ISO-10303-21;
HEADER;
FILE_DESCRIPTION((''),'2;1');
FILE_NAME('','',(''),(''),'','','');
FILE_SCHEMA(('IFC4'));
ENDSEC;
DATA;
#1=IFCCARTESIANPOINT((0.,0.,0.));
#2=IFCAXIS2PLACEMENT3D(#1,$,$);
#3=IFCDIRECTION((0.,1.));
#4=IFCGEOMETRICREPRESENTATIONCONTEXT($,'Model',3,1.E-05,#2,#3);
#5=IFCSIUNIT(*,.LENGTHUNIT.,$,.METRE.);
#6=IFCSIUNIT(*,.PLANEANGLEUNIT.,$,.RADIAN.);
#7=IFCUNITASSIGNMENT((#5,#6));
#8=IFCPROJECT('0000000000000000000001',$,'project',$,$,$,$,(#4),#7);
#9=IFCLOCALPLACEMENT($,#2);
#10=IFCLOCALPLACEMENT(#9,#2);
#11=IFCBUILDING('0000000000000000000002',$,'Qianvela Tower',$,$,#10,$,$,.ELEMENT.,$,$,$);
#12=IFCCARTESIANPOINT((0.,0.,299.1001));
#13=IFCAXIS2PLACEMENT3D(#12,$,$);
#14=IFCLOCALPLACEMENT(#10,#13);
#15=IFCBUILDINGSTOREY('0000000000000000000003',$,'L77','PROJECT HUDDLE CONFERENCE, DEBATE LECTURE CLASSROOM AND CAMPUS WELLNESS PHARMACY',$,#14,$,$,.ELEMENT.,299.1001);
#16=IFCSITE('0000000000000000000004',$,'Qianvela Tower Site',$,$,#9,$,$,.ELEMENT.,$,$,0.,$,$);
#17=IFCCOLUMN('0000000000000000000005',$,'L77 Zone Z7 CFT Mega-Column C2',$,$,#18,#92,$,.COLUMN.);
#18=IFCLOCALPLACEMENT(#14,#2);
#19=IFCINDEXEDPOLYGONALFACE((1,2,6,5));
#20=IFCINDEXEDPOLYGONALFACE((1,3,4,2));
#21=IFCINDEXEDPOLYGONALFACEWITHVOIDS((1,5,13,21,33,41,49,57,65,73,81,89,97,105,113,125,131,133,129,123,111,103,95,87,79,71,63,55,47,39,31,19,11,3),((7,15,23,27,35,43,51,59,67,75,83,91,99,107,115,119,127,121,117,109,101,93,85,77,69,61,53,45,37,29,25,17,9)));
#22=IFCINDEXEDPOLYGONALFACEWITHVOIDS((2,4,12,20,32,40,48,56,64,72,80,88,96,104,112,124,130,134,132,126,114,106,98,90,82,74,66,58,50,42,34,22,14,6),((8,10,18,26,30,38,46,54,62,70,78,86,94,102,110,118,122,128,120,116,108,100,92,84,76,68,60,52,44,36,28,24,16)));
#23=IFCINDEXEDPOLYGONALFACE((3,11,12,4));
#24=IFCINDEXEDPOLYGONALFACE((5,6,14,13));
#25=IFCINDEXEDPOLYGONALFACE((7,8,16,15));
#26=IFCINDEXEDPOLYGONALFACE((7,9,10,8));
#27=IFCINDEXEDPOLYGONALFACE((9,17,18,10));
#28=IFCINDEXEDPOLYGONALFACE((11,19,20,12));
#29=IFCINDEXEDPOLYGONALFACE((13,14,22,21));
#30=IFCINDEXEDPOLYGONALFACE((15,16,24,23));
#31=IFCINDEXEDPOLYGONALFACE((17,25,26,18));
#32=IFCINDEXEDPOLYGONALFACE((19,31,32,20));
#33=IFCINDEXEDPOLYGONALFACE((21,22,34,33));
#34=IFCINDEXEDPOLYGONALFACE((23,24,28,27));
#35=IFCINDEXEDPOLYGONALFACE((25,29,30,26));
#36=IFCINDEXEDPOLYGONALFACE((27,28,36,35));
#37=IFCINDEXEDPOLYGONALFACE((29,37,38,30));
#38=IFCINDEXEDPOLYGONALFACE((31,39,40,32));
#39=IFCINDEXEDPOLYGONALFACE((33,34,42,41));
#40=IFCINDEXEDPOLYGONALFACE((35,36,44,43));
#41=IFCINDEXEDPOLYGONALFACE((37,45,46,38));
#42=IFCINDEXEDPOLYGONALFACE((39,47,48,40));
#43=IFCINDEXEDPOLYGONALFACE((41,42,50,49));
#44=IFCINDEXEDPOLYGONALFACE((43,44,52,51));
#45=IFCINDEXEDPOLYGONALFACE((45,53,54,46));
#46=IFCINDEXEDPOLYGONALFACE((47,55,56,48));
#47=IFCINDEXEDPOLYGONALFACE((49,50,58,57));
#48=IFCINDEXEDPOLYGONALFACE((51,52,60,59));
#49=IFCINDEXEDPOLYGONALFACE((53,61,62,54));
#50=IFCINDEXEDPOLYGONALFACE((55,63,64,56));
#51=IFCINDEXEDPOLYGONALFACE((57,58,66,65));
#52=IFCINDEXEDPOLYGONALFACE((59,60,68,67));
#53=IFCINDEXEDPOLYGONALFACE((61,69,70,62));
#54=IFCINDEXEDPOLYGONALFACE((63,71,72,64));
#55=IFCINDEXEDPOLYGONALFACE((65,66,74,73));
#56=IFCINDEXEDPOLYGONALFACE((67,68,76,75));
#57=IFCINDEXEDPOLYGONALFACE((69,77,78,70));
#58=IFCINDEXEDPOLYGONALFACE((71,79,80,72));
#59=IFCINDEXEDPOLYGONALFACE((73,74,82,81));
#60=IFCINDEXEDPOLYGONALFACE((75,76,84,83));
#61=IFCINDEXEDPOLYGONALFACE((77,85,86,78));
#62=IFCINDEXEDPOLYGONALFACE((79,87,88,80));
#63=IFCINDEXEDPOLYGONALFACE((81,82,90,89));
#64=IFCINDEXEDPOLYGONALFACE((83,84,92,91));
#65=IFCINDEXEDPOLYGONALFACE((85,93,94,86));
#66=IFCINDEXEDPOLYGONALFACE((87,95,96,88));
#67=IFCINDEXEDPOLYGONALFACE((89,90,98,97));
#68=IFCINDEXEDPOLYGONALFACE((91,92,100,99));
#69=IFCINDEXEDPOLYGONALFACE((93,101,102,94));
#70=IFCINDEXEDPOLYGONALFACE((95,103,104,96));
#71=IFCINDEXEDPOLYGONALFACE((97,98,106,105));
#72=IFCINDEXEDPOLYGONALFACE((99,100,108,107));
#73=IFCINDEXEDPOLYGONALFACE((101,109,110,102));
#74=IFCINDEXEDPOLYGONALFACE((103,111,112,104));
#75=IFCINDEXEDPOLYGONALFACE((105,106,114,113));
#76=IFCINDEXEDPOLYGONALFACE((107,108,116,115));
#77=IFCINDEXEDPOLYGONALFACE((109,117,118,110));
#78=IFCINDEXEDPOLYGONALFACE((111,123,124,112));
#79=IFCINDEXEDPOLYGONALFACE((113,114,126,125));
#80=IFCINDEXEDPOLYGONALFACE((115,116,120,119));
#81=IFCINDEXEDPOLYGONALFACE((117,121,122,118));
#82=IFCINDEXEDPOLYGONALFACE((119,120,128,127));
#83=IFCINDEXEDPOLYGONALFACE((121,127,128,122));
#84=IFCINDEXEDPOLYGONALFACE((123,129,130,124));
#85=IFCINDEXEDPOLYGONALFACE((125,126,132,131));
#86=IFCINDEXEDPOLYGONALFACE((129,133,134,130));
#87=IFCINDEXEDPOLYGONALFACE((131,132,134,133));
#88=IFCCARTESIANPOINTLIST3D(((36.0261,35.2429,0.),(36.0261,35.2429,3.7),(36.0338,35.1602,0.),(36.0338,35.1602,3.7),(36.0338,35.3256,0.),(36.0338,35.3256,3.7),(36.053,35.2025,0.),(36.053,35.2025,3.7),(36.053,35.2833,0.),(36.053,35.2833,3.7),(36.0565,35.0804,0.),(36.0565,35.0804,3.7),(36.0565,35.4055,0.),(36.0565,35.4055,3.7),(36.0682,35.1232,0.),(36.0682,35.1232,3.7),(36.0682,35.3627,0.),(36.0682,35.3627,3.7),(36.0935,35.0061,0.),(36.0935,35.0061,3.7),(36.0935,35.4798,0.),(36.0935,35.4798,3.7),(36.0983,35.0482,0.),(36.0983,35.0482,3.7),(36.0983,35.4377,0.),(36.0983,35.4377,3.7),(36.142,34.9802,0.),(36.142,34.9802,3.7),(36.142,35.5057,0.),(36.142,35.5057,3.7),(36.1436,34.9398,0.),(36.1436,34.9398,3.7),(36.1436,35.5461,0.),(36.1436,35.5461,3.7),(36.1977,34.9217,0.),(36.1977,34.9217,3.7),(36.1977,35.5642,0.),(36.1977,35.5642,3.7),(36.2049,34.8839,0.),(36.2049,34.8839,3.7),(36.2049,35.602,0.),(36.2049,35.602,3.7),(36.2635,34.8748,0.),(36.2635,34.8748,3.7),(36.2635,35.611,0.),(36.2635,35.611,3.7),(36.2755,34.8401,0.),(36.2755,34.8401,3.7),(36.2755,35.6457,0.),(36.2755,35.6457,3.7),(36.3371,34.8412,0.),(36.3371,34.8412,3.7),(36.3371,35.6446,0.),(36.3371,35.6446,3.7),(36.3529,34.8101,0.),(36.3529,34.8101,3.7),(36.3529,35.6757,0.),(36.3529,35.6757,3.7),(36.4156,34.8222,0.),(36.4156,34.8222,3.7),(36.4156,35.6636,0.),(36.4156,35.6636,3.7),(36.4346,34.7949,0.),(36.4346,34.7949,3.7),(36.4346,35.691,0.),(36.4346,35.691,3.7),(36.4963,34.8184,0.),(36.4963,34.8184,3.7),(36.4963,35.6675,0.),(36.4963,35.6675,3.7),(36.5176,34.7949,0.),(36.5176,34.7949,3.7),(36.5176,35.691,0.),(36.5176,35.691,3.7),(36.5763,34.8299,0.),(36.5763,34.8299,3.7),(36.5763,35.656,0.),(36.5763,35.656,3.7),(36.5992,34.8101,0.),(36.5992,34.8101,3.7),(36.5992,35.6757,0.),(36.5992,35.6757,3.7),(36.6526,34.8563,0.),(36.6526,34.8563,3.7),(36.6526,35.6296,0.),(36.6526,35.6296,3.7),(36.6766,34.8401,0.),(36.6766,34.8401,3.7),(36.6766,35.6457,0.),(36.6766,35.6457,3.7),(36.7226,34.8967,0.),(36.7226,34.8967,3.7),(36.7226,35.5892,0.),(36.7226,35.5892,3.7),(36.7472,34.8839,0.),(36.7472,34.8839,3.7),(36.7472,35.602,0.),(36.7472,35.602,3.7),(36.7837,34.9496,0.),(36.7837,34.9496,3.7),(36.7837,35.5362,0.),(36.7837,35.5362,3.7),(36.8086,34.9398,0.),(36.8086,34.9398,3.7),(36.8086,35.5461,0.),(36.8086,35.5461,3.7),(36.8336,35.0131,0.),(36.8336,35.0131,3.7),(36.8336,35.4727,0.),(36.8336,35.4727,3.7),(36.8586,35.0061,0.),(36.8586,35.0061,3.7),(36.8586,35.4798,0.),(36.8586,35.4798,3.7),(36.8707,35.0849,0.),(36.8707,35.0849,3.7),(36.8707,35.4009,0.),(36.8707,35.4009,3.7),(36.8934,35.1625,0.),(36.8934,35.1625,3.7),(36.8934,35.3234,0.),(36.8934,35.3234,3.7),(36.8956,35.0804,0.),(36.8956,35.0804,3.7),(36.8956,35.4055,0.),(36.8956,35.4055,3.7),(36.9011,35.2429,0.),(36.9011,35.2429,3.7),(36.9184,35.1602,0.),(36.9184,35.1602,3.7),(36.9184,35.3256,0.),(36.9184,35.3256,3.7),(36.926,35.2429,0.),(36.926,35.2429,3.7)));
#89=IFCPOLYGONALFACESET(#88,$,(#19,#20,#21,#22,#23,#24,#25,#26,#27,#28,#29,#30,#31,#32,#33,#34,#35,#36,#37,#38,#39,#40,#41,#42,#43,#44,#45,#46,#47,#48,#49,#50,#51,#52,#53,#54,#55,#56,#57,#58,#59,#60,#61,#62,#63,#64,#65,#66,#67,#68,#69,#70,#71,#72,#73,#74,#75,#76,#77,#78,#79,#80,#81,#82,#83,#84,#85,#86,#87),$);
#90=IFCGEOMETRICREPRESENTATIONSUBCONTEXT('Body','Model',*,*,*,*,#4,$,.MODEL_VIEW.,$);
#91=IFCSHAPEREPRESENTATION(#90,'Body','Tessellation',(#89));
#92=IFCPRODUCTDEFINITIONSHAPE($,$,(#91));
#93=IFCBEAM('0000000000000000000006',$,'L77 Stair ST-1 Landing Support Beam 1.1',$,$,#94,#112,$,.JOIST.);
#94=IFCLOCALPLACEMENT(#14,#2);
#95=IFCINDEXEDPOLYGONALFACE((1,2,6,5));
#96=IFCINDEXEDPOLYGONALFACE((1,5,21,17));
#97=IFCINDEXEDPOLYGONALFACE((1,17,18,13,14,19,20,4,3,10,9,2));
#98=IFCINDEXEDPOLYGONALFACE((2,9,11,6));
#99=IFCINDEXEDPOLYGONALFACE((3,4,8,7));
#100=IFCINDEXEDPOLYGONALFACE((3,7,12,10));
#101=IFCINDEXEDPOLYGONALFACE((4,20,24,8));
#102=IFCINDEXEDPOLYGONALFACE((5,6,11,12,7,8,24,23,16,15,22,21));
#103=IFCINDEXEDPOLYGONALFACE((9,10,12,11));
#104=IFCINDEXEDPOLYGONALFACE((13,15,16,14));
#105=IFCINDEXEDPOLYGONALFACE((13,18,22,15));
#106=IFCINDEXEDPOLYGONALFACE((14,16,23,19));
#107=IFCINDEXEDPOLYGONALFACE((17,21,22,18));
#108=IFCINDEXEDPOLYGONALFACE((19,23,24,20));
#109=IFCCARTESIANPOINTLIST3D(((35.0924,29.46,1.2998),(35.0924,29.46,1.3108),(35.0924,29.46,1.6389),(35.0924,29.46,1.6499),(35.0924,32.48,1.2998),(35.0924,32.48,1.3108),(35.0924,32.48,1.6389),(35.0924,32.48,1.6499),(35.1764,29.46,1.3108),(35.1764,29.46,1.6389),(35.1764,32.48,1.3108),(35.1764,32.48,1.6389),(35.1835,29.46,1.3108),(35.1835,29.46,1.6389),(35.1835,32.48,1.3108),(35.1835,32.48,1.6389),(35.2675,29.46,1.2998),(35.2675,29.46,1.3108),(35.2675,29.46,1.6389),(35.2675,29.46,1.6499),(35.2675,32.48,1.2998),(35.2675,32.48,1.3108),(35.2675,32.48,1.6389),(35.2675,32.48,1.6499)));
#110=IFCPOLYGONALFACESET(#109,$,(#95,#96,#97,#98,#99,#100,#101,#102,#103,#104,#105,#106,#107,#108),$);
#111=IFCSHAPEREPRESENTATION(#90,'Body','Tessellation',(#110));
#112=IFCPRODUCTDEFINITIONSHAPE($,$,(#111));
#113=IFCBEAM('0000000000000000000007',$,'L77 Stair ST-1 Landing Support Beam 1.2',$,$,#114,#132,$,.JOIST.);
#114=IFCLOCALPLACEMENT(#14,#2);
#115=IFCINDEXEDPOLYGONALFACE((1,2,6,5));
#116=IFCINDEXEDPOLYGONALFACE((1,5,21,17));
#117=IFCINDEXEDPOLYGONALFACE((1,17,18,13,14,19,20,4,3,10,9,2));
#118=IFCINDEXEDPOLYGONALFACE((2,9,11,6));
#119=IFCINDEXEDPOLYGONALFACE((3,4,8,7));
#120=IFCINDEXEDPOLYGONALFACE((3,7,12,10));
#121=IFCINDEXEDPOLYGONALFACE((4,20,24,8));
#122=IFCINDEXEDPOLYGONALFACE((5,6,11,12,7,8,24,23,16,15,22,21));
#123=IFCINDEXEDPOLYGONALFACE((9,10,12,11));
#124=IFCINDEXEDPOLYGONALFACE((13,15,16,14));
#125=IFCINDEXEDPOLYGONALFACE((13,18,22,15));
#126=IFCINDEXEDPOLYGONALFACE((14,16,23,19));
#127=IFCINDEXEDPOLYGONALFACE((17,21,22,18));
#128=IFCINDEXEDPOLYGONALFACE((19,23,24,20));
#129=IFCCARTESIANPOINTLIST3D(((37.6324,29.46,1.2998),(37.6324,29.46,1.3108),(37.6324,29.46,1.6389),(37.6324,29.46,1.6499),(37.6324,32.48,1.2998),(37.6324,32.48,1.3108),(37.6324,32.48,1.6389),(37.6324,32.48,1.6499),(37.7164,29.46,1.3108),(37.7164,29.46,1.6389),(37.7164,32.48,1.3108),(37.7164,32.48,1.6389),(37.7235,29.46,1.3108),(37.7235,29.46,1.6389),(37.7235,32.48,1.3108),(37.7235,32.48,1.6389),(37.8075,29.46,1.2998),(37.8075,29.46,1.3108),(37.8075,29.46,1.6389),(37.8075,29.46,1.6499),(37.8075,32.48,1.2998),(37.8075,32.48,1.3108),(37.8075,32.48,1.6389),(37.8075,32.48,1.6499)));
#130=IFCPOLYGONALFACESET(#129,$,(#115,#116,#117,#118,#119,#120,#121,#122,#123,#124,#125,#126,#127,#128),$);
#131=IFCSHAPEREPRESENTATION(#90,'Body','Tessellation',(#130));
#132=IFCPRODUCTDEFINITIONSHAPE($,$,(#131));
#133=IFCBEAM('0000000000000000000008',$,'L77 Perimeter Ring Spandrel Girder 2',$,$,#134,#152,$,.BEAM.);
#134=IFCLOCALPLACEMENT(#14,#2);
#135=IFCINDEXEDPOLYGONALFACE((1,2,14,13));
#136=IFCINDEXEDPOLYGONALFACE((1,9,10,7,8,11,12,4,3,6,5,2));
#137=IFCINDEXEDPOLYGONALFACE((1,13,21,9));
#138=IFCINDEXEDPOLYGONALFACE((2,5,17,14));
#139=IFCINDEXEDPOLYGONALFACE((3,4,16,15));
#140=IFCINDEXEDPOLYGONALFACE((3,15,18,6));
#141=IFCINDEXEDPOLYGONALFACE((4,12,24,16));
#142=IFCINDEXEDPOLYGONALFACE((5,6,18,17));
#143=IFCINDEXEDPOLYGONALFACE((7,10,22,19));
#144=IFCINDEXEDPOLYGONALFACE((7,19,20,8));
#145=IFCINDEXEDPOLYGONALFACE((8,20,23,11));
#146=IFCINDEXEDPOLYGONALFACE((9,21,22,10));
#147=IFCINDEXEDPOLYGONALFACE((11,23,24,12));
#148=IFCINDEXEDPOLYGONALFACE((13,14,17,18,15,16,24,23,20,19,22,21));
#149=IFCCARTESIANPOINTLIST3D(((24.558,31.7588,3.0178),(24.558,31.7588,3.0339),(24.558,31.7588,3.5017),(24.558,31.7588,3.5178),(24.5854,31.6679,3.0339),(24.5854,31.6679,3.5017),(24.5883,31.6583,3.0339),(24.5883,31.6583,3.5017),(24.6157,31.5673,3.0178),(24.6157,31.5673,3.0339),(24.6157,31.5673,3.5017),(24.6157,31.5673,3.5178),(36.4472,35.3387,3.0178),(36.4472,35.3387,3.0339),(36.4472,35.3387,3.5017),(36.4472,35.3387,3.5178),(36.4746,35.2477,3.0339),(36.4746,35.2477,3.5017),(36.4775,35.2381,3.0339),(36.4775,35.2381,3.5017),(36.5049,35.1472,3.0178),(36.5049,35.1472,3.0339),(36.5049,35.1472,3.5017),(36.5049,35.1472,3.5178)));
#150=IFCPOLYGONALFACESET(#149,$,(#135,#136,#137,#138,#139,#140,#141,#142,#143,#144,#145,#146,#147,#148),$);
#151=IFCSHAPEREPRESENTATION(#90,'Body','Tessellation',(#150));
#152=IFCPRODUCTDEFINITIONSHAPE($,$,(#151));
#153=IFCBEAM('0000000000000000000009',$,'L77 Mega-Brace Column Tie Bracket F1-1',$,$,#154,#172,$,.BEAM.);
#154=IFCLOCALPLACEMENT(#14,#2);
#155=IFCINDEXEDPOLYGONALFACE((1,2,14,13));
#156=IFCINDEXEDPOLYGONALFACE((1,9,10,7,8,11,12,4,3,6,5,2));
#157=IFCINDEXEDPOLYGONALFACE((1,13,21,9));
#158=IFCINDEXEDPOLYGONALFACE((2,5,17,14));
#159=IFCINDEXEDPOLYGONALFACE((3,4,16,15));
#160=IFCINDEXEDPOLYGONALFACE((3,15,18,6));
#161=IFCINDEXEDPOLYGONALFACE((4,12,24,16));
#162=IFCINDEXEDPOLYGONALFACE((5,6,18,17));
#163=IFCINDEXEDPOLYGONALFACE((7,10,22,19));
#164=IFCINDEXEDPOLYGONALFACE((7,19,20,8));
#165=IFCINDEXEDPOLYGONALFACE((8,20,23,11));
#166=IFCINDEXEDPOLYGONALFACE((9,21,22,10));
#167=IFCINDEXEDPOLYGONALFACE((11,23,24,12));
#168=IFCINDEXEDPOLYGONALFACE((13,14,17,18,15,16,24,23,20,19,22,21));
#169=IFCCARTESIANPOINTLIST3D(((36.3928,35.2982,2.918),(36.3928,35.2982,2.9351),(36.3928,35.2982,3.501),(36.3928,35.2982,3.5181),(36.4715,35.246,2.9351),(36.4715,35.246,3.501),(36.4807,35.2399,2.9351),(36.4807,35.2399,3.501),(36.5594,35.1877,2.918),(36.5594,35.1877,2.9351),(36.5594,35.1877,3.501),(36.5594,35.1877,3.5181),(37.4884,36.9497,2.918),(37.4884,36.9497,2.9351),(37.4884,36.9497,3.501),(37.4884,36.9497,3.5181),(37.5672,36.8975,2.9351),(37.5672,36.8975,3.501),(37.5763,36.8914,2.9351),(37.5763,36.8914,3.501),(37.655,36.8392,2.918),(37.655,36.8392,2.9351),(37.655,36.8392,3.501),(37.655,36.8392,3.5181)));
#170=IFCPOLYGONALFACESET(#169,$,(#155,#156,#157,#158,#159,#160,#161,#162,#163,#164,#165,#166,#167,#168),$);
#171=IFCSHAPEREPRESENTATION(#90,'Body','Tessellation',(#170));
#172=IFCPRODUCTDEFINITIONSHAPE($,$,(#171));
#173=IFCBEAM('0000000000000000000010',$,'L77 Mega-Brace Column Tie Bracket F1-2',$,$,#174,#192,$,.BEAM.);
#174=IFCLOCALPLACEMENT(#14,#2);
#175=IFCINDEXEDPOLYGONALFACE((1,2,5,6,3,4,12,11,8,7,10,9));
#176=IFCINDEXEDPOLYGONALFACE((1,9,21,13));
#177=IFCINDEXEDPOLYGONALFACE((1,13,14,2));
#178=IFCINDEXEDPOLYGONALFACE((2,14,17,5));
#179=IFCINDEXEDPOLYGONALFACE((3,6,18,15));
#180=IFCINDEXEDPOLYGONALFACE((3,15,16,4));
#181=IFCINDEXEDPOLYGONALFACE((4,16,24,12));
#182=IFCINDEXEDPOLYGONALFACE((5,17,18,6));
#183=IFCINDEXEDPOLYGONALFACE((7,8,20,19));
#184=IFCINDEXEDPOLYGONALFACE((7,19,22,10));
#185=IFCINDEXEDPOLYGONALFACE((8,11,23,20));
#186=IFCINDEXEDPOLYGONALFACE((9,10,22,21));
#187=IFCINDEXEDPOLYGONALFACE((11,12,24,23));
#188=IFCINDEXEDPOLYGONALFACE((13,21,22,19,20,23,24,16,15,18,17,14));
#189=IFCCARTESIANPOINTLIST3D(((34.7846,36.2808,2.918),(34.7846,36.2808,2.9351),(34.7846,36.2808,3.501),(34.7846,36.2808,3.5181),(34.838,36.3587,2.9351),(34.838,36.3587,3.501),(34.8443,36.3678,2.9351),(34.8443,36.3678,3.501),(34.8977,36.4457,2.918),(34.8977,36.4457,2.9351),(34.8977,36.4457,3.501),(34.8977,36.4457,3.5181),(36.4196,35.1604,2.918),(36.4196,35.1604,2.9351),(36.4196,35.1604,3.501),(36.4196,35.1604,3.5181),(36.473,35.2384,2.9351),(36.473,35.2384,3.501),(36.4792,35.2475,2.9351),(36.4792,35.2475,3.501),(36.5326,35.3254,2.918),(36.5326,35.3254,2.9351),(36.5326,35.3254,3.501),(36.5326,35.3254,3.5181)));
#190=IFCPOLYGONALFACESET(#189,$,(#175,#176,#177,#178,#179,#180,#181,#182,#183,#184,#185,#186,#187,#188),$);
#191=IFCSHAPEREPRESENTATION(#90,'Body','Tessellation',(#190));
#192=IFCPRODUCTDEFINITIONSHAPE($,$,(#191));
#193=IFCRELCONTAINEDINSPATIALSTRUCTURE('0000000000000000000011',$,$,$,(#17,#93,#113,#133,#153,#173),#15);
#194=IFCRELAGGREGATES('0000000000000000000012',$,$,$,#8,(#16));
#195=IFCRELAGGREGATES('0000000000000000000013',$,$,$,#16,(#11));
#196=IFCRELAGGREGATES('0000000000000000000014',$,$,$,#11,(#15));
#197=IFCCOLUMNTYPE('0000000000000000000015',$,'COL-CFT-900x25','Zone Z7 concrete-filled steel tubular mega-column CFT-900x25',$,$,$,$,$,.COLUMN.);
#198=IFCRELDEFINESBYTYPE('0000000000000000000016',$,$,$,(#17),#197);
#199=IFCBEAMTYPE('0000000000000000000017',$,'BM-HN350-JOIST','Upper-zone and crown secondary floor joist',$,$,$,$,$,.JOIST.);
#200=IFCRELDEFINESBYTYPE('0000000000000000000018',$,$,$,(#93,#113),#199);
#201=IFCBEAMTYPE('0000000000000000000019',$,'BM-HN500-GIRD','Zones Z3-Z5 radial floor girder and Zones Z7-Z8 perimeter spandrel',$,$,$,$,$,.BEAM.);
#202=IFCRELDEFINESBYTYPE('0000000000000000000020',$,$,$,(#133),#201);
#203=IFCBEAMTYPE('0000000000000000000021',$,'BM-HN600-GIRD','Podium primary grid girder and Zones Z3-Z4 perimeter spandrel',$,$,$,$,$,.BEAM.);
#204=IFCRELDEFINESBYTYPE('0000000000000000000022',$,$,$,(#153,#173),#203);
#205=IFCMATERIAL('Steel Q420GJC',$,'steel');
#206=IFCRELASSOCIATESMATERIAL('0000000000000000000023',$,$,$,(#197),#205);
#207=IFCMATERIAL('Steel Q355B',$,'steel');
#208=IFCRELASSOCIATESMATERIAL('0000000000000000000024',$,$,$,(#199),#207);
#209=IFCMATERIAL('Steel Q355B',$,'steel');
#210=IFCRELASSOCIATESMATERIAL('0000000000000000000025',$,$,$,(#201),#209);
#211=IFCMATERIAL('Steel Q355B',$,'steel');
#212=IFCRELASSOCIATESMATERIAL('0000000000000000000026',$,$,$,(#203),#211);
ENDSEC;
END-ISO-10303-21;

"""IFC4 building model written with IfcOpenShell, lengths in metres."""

from ifc_helpers import new_model, si_unit, direction, frame, origin, origin_2d, place, context, subcontext, project, spatial, hollow_circle, i_section, extrude, material, material_profile, profile_set, type_object, element, save


model = new_model("IFC4")

# Units and contexts
model_context = context("Model", 3, precision=1e-05, world=origin(), true_north=direction((0.0, 1.0)))
body_context = subcontext(model_context, "Body", "Model", "MODEL_VIEW")
ifc_project = project(units=[si_unit("LENGTHUNIT", "METRE"), si_unit("PLANEANGLEUNIT", "RADIAN")], contexts=[model_context])

# Site, building, storey
site_placement = place(None, origin())
site = spatial("IfcSite", under=ifc_project, at=site_placement, Name="Qianvela Tower Site", CompositionType="ELEMENT", RefElevation=0.0)
building_placement = place(site_placement, origin())
building = spatial("IfcBuilding", under=site, at=building_placement, Name="Qianvela Tower", CompositionType="ELEMENT")
storey_placement = place(building_placement, frame((0.0, 0.0, 299.1001)))
storey = spatial("IfcBuildingStorey", under=building, at=storey_placement, Name="L77", Description="PROJECT HUDDLE CONFERENCE, DEBATE LECTURE CLASSROOM AND CAMPUS WELLNESS PHARMACY", CompositionType="ELEMENT", Elevation=299.1001)

# Column
ifc_material_1 = material(Name="Steel Q420GJC", Category="steel")
ifc_material_profile_1 = material_profile(ifc_material_1, hollow_circle(Radius=0.45, WallThickness=0.0249, at=origin_2d()), Name="CFT-900x25")
ifc_profile_set_1 = profile_set([ifc_material_profile_1], Name="Steel Q420GJC")
column_type = type_object("IfcColumnType", Name="COL-CFT-900x25", Description="Zone Z7 concrete-filled steel tubular mega-column CFT-900x25", PredefinedType="COLUMN", material=ifc_profile_set_1)
column_placement = place(storey_placement, frame((36.4761, 35.2429, 0.0), z_axis=(0.0, 0.0, 1.0), x_axis=(1.0, 0.0, 0.0)))
element("IfcColumn", 1, at=column_placement, inside=storey, type_object=column_type, Name="L77 Zone Z7 CFT Mega-Column C2", PredefinedType="COLUMN", context=body_context, shape_type="SweptSolid", body=[
    extrude(hollow_circle(Radius=0.45, WallThickness=0.0249, at=origin_2d()), origin(), (0.0, 0.0, 1.0), 3.7),
])

# Beams
ifc_material_2 = material(Name="Steel Q355B", Category="steel")
ifc_material_profile_2 = material_profile(ifc_material_2, i_section(OverallWidth=0.175, OverallDepth=0.3501, WebThickness=0.0071, FlangeThickness=0.011, at=origin_2d()), Name="HN350x175x7x11")
ifc_profile_set_2 = profile_set([ifc_material_profile_2], Name="Steel Q355B")
beam_type_1 = type_object("IfcBeamType", Name="BM-HN350-JOIST", Description="Upper-zone and crown secondary floor joist", PredefinedType="JOIST", material=ifc_profile_set_2)
for number, where, z_axis, x_axis, name in (
    (2, (35.1799, 29.46, 1.4749), (0.0, 1.0, 0.0), (-1.0, 0.0, 0.0), "L77 Stair ST-1 Landing Support Beam 1.1"),
    (3, (37.72, 29.46, 1.4749), (0.0, 1.0, 0.0), (-1.0, 0.0, 0.0), "L77 Stair ST-1 Landing Support Beam 1.2"),
):
    element("IfcBeam", number, at=place(storey_placement, frame(where, z_axis=z_axis, x_axis=x_axis)), inside=storey, type_object=beam_type_1, Name=name, PredefinedType="JOIST", context=body_context, shape_type="SweptSolid", body=[
        extrude(i_section(OverallWidth=0.175, OverallDepth=0.3501, WebThickness=0.0071, FlangeThickness=0.011, at=origin_2d()), origin(), (0.0, 0.0, 1.0), 3.02),
    ])
ifc_material_3 = material(Name="Steel Q355B", Category="steel")
ifc_material_profile_3 = material_profile(ifc_material_3, i_section(OverallWidth=0.2, OverallDepth=0.5, WebThickness=0.01, FlangeThickness=0.0161, at=origin_2d()), Name="HN500x200x10x16")
ifc_profile_set_3 = profile_set([ifc_material_profile_3], Name="Steel Q355B")
beam_type_2 = type_object("IfcBeamType", Name="BM-HN500-GIRD", Description="Zones Z3-Z5 radial floor girder and Zones Z7-Z8 perimeter spandrel", PredefinedType="BEAM", material=ifc_profile_set_3)
beam_placement = place(storey_placement, frame((36.4761, 35.2429, 3.2678), z_axis=(-0.957536, -0.288315, 0.0), x_axis=(0.288315, -0.957536, 0.0)))
element("IfcBeam", 4, at=beam_placement, inside=storey, type_object=beam_type_2, Name="L77 Perimeter Ring Spandrel Girder 2", PredefinedType="BEAM", context=body_context, shape_type="SweptSolid", body=[
    extrude(i_section(OverallWidth=0.2, OverallDepth=0.5, WebThickness=0.01, FlangeThickness=0.0161, at=origin_2d()), origin(), (0.0, 0.0, 1.0), 12.4165),
])
ifc_material_4 = material(Name="Steel Q355B", Category="steel")
ifc_material_profile_4 = material_profile(ifc_material_4, i_section(OverallWidth=0.2, OverallDepth=0.6001, WebThickness=0.011, FlangeThickness=0.0171, at=origin_2d()), Name="HN600x200x11x17")
ifc_profile_set_4 = profile_set([ifc_material_profile_4], Name="Steel Q355B")
beam_type_3 = type_object("IfcBeamType", Name="BM-HN600-GIRD", Description="Podium primary grid girder and Zones Z3-Z4 perimeter spandrel", PredefinedType="BEAM", material=ifc_profile_set_4)
for number, where, z_axis, x_axis, name in (
    (5, (36.4761, 35.2429, 3.218), (0.552823, 0.833299, 0.0), (-0.833299, 0.552823, 0.0), "L77 Mega-Brace Column Tie Bracket F1-1"),
    (6, (36.4761, 35.2429, 3.218), (-0.824914, 0.565258, 0.0), (-0.565258, -0.824914, 0.0), "L77 Mega-Brace Column Tie Bracket F1-2"),
):
    element("IfcBeam", number, at=place(storey_placement, frame(where, z_axis=z_axis, x_axis=x_axis)), inside=storey, type_object=beam_type_3, Name=name, PredefinedType="BEAM", context=body_context, shape_type="SweptSolid", body=[
        extrude(i_section(OverallWidth=0.2, OverallDepth=0.6001, WebThickness=0.011, FlangeThickness=0.0171, at=origin_2d()), origin(), (0.0, 0.0, 1.0), 1.9819),
    ])

save(model, "model.ifc")
